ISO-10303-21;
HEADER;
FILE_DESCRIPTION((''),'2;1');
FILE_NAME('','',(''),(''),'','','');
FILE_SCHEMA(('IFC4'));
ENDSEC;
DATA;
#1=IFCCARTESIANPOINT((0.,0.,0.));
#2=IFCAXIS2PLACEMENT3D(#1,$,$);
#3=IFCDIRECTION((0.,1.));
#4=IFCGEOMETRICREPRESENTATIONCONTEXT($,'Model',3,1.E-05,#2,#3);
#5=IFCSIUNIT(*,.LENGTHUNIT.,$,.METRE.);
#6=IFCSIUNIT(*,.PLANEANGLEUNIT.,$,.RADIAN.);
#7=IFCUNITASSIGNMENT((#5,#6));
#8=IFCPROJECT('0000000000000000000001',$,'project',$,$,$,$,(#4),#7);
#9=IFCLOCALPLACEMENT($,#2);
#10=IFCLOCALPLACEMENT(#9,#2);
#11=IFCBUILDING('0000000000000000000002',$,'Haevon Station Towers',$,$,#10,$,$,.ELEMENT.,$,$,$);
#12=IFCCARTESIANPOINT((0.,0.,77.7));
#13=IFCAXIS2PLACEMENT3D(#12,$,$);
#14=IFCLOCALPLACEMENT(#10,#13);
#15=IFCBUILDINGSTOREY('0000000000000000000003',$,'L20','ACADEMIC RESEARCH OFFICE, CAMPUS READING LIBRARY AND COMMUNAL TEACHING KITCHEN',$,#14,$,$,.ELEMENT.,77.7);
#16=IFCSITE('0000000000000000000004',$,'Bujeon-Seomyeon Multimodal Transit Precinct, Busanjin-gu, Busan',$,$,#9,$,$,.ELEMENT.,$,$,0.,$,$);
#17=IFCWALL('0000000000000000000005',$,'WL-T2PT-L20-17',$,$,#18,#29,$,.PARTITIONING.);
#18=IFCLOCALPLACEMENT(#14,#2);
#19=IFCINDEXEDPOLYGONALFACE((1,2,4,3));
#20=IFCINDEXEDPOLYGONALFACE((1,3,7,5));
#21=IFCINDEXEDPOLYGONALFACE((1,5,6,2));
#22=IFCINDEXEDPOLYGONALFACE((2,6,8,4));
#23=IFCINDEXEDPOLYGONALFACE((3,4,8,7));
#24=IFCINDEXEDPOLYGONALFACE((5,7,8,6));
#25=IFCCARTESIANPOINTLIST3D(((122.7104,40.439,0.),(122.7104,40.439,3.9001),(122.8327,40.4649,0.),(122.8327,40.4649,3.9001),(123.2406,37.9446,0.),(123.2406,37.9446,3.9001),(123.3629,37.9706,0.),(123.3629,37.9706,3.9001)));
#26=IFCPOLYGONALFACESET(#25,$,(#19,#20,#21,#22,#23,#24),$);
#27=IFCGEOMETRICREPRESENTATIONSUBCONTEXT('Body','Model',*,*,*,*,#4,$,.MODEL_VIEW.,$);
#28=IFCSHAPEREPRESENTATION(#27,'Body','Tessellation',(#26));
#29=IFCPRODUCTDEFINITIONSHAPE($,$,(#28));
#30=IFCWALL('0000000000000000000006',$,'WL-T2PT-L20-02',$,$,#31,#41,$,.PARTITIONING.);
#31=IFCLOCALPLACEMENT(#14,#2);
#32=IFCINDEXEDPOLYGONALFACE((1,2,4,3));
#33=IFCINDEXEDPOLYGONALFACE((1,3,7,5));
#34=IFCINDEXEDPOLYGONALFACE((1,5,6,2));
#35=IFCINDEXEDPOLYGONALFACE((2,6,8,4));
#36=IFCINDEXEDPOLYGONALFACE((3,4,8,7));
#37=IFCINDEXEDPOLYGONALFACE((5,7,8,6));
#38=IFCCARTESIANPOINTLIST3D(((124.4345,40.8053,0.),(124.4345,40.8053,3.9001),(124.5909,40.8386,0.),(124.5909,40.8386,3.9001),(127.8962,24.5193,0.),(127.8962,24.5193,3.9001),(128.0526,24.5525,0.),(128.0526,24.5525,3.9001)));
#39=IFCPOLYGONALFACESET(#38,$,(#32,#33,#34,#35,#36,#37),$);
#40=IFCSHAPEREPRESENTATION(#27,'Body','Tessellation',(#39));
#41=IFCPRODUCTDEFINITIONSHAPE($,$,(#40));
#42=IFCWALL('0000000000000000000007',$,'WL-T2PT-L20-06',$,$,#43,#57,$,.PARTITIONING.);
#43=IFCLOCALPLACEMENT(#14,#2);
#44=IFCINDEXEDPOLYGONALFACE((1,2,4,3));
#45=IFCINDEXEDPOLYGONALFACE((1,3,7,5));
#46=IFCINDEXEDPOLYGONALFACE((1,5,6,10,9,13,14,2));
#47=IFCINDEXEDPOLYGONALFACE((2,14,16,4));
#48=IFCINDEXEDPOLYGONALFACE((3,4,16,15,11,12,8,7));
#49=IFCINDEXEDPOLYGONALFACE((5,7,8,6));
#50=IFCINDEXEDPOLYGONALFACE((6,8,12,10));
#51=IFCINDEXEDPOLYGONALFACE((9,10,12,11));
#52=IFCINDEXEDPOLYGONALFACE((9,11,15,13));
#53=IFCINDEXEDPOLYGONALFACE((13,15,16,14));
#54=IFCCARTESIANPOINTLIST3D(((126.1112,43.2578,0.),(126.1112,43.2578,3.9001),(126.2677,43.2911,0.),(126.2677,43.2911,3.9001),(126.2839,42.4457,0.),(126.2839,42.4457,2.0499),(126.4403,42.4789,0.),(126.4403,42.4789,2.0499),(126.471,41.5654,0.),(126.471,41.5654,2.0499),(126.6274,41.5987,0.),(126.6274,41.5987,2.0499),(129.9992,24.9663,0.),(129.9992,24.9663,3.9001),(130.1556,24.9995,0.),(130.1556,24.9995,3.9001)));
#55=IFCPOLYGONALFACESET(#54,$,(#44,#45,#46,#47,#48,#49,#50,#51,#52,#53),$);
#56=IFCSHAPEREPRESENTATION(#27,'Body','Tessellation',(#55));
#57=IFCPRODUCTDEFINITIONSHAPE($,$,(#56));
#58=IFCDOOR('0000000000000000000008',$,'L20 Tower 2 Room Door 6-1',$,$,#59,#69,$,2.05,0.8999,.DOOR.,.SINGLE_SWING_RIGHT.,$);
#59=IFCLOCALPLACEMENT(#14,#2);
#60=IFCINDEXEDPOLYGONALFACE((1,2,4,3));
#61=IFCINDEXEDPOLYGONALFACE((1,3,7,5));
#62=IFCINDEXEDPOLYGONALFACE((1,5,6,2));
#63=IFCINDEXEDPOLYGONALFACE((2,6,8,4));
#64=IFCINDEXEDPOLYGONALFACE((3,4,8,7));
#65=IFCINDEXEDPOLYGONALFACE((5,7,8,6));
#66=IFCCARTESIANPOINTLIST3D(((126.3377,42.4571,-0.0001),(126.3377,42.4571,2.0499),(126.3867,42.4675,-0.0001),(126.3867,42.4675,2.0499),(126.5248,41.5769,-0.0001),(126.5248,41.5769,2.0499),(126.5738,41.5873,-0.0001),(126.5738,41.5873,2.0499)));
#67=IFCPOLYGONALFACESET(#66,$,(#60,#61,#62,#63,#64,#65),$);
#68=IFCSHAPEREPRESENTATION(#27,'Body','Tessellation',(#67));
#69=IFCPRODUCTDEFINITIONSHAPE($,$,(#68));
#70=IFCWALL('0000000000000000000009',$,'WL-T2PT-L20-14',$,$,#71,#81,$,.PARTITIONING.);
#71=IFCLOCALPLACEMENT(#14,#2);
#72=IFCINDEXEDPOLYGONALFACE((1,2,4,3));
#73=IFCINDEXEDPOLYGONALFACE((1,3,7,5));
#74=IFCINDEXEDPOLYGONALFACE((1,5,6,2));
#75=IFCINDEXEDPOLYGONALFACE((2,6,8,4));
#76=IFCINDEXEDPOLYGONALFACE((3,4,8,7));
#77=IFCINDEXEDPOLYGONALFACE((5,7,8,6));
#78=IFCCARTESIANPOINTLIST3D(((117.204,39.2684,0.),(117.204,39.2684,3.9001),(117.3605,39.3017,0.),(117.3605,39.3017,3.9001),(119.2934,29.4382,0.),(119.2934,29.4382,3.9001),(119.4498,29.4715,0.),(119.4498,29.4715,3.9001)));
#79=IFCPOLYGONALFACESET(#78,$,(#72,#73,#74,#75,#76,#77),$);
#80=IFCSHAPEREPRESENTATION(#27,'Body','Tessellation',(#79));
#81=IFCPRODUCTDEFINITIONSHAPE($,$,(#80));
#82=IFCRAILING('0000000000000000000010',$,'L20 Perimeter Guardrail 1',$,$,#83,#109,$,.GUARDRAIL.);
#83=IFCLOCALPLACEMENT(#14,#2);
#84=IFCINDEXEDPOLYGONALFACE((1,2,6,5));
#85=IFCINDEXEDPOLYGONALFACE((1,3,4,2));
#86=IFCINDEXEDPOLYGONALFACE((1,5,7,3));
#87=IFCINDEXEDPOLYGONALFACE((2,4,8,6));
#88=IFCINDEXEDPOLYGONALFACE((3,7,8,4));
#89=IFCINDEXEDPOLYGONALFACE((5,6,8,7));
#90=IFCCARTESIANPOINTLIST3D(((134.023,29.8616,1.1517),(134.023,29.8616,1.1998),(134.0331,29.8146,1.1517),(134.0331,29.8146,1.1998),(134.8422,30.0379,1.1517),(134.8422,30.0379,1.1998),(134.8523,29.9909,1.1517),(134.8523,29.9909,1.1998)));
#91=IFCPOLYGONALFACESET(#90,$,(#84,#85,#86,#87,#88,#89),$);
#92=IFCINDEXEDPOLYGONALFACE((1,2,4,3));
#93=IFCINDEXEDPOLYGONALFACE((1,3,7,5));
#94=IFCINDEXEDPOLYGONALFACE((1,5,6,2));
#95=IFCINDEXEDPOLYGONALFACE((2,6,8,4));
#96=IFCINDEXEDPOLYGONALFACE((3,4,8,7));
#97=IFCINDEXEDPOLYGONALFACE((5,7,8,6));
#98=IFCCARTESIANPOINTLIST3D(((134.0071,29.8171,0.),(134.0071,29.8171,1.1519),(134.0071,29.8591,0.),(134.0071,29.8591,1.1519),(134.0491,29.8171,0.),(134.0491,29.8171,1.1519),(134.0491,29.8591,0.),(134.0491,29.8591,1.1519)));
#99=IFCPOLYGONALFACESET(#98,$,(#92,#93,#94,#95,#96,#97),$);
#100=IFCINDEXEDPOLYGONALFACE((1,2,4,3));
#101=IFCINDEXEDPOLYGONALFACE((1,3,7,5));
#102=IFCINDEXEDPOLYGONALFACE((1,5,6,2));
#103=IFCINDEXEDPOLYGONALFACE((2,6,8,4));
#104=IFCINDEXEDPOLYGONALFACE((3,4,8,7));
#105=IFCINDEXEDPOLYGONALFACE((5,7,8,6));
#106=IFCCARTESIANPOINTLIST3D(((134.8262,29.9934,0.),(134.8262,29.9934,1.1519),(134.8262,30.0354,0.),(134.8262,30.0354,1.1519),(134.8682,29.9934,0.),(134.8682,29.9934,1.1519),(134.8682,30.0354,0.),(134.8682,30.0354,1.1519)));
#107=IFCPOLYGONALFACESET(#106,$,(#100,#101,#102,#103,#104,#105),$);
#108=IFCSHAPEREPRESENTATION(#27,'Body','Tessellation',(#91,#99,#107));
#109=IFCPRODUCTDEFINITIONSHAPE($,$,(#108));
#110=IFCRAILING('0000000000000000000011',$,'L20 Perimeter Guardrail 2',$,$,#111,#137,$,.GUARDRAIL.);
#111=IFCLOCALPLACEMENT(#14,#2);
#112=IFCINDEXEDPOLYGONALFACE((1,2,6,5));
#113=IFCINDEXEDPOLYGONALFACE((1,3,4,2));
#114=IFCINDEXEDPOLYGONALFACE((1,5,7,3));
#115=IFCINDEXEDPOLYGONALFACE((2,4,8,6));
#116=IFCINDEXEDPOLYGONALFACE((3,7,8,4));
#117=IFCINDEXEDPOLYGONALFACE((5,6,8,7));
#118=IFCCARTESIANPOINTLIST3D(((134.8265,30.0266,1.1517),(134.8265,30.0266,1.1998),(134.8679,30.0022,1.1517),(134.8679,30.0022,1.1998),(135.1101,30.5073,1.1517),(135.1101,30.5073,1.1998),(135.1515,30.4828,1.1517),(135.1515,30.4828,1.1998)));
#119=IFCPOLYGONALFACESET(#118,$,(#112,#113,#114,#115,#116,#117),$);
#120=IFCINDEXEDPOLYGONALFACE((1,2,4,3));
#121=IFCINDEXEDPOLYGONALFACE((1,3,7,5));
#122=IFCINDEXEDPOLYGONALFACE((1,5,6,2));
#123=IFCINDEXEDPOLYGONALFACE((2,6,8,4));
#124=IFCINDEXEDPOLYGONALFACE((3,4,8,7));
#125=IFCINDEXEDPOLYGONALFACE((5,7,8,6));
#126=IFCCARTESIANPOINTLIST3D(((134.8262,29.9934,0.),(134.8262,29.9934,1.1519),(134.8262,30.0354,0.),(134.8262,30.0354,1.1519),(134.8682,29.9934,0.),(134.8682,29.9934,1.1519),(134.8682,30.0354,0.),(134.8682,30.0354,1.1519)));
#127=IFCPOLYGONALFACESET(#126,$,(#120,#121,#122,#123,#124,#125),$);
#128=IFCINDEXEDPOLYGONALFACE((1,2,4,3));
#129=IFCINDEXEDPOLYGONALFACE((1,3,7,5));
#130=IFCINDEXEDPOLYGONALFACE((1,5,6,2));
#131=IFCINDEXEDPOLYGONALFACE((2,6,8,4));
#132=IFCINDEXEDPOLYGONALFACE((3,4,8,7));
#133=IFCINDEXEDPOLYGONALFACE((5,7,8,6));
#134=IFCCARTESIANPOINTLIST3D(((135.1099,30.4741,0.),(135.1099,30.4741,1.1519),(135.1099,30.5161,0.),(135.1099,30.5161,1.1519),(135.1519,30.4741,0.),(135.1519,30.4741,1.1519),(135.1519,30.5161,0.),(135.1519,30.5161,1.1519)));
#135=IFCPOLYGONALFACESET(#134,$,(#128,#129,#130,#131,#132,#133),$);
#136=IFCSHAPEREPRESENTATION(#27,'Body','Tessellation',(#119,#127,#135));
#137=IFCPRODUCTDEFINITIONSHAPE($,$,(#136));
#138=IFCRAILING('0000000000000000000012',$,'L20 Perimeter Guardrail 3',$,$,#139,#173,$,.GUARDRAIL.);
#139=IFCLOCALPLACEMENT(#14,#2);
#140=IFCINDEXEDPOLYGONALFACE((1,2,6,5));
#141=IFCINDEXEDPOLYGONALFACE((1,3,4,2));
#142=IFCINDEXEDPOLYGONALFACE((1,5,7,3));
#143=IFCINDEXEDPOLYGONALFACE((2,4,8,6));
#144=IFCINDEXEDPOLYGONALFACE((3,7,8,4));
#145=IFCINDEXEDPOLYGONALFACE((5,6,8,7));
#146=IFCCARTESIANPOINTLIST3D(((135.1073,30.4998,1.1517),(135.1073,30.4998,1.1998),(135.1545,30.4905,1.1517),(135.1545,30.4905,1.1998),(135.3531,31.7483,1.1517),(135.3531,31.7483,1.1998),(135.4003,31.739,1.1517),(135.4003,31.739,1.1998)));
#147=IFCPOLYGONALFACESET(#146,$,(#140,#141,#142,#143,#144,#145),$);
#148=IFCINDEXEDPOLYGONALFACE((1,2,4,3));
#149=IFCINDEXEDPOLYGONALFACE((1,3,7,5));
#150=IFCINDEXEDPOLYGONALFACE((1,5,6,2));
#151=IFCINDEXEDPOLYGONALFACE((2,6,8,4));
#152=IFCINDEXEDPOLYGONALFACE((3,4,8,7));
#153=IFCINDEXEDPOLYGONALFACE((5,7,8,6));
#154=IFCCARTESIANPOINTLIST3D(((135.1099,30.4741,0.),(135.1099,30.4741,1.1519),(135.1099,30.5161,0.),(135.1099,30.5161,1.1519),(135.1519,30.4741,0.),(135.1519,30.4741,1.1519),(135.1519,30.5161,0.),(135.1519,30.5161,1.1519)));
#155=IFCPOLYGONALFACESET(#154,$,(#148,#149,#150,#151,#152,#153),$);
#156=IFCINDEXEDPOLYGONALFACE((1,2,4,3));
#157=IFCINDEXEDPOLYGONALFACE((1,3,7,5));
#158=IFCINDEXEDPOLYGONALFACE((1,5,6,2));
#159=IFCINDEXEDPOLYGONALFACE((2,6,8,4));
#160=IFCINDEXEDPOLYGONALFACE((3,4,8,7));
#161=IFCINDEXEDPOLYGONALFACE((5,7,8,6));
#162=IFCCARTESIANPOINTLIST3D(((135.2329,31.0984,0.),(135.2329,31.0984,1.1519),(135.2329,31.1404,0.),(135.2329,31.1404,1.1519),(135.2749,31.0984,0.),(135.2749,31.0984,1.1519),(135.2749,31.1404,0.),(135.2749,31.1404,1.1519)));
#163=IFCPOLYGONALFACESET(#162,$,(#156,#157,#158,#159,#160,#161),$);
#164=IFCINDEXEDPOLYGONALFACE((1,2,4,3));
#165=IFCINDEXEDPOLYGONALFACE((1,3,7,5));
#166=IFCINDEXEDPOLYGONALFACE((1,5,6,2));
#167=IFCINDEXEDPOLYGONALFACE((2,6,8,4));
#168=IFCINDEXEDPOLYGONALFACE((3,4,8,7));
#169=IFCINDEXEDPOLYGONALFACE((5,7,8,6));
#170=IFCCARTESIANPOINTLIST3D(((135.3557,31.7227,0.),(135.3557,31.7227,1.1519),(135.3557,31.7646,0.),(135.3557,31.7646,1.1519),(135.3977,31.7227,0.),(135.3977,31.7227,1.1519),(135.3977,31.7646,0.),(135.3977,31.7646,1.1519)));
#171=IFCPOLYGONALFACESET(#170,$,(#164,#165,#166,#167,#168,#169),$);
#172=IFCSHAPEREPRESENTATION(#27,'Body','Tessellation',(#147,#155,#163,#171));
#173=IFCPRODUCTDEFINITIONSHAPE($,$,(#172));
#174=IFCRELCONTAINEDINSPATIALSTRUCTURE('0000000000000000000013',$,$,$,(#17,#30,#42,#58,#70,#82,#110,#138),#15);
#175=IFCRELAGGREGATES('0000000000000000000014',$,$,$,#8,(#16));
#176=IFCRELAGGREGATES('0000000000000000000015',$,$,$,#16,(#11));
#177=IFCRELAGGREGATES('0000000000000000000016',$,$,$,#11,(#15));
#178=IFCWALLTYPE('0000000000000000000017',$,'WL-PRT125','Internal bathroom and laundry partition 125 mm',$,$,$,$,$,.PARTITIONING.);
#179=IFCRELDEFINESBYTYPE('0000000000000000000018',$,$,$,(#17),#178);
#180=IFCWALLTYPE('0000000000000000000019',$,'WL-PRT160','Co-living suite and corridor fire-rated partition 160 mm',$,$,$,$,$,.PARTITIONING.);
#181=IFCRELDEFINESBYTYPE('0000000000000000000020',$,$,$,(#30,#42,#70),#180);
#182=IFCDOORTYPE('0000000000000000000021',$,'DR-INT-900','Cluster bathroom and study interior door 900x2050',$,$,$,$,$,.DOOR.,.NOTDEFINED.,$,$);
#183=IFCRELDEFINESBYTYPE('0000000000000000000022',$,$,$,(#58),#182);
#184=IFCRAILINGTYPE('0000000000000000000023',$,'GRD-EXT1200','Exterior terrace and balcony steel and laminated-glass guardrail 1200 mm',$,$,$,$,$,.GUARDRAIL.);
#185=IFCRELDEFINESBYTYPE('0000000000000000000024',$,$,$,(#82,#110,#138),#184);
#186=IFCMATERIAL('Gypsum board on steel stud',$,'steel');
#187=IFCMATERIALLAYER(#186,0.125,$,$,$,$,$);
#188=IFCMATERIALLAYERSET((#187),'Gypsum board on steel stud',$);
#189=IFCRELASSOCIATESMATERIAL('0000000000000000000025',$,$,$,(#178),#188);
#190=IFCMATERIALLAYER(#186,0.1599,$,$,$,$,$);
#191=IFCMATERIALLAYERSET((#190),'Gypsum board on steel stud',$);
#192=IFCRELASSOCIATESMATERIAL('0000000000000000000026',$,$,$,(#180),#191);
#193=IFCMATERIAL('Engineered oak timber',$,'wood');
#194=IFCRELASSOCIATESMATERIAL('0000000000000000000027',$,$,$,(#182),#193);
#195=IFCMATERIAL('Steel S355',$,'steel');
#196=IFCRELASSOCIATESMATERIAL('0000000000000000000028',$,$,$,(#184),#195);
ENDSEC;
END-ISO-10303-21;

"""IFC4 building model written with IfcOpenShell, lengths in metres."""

from ifc_helpers import new_model, si_unit, direction, frame, frame_2d, origin, origin_2d, place, context, subcontext, project, spatial, rectangle, extrude, material, layer, layer_set, type_object, element, fill, save


model = new_model("IFC4")

# Units and contexts
model_context = context("Model", 3, precision=1e-05, world=origin(), true_north=direction((0.0, 1.0)))
body_context = subcontext(model_context, "Body", "Model", "MODEL_VIEW")
ifc_project = project(units=[si_unit("LENGTHUNIT", "METRE"), si_unit("PLANEANGLEUNIT", "RADIAN")], contexts=[model_context])

# Site, building, storey
site_placement = place(None, origin())
site = spatial("IfcSite", under=ifc_project, at=site_placement, Name="Bujeon-Seomyeon Multimodal Transit Precinct, Busanjin-gu, Busan", CompositionType="ELEMENT", RefElevation=0.0)
building_placement = place(site_placement, origin())
building = spatial("IfcBuilding", under=site, at=building_placement, Name="Haevon Station Towers", CompositionType="ELEMENT")
storey_placement = place(building_placement, frame((0.0, 0.0, 77.7)))
storey = spatial("IfcBuildingStorey", under=building, at=storey_placement, Name="L20", Description="ACADEMIC RESEARCH OFFICE, CAMPUS READING LIBRARY AND COMMUNAL TEACHING KITCHEN", CompositionType="ELEMENT", Elevation=77.7)

# Shared definitions
ifc_material_1 = material(Name="Steel S355", Category="steel")

# Walls
ifc_material_2 = material(Name="Gypsum board on steel stud", Category="steel")
ifc_layer_1 = layer(ifc_material_2, 0.125)
ifc_layer_set_1 = layer_set([ifc_layer_1], Name="Gypsum board on steel stud")
wall_type_1 = type_object("IfcWallType", Name="WL-PRT125", Description="Internal bathroom and laundry partition 125 mm", PredefinedType="PARTITIONING", material=ifc_layer_set_1)
wall_1_placement = place(storey_placement, frame((123.3018, 37.9578, 0.0), z_axis=(0.0, 0.0, 1.0), x_axis=(-0.20794, 0.978142, 0.0)))
element("IfcWall", 1, at=wall_1_placement, inside=storey, type_object=wall_type_1, Name="WL-T2PT-L20-17", PredefinedType="PARTITIONING", context=body_context, shape_type="SweptSolid", body=[
    extrude(rectangle(XDim=2.55, YDim=0.125, at=frame_2d((1.2749, 0.0))), origin(), (0.0, 0.0, 1.0), 3.9001),
])
ifc_layer_2 = layer(ifc_material_2, 0.1599)
ifc_layer_set_2 = layer_set([ifc_layer_2], Name="Gypsum board on steel stud")
wall_type_2 = type_object("IfcWallType", Name="WL-PRT160", Description="Co-living suite and corridor fire-rated partition 160 mm", PredefinedType="PARTITIONING", material=ifc_layer_set_2)
wall_2_placement = place(storey_placement, frame((127.9744, 24.5359, 0.0), z_axis=(0.0, 0.0, 1.0), x_axis=(-0.207909, 0.978148, 0.0)))
element("IfcWall", 2, at=wall_2_placement, inside=storey, type_object=wall_type_2, Name="WL-T2PT-L20-02", PredefinedType="PARTITIONING", context=body_context, shape_type="SweptSolid", body=[
    extrude(rectangle(XDim=16.6499, YDim=0.1599, at=frame_2d((8.325, 0.0))), origin(), (0.0, 0.0, 1.0), 3.9001),
])

# Wall, opening, door
wall_3_placement = place(storey_placement, frame((130.0774, 24.9829, 0.0), z_axis=(0.0, 0.0, 1.0), x_axis=(-0.20791, 0.978148, 0.0)))
wall_3 = element("IfcWall", 3, at=wall_3_placement, inside=storey, type_object=wall_type_2, Name="WL-T2PT-L20-06", PredefinedType="PARTITIONING", context=body_context, shape_type="SweptSolid", body=[
    extrude(rectangle(XDim=18.7002, YDim=0.1599, at=frame_2d((9.3501, 0.0))), origin(), (0.0, 0.0, 1.0), 3.9001),
])
opening_1_placement = place(wall_3_placement, frame((16.97, 0.0, 0.0)))
opening_1 = element("IfcOpeningElement", 4, at=opening_1_placement, cuts=wall_3, PredefinedType="OPENING", context=body_context, shape_type="SweptSolid", body=[
    extrude(rectangle(XDim=0.8999, YDim=2.05, at=frame_2d((0.45, 1.0249))), frame((0.0, 0.0898, 0.0), z_axis=(0.0, -1.0, 0.0), x_axis=(1.0, 0.0, 0.0)), (0.0, 0.0, 1.0), 0.1799),
])
ifc_material_3 = material(Name="Engineered oak timber", Category="wood")
door_type = type_object("IfcDoorType", Name="DR-INT-900", Description="Cluster bathroom and study interior door 900x2050", OperationType="NOTDEFINED", PredefinedType="DOOR", material=ifc_material_3)
door_placement = place(opening_1_placement, origin())
door = element("IfcDoor", 5, at=door_placement, inside=storey, type_object=door_type, Name="L20 Tower 2 Room Door 6-1", OperationType="SINGLE_SWING_RIGHT", OverallHeight=2.05, OverallWidth=0.8999, PredefinedType="DOOR", context=body_context, shape_type="SweptSolid", body=[
    extrude(rectangle(XDim=0.8999, YDim=2.05, at=frame_2d((0.45, 1.0249))), frame((0.0, 0.0249, 0.0), z_axis=(0.0, -1.0, 0.0), x_axis=(1.0, 0.0, 0.0)), (0.0, 0.0, 1.0), 0.05),
])
fill(opening_1, door)

# Wall
wall_4_placement = place(storey_placement, frame((119.3716, 29.4548, 0.0), z_axis=(0.0, 0.0, 1.0), x_axis=(-0.207898, 0.978151, 0.0)))
element("IfcWall", 6, at=wall_4_placement, inside=storey, type_object=wall_type_2, Name="WL-T2PT-L20-14", PredefinedType="PARTITIONING", context=body_context, shape_type="SweptSolid", body=[
    extrude(rectangle(XDim=10.0498, YDim=0.1599, at=frame_2d((5.0249, 0.0))), origin(), (0.0, 0.0, 1.0), 3.9001),
])

# Railings
railing_type = type_object("IfcRailingType", Name="GRD-EXT1200", Description="Exterior terrace and balcony steel and laminated-glass guardrail 1200 mm", PredefinedType="GUARDRAIL", material=ifc_material_1)
railing_1_placement = place(storey_placement, frame((134.0281, 29.8381, 0.0)))
element("IfcRailing", 7, at=railing_1_placement, inside=storey, type_object=railing_type, Name="L20 Perimeter Guardrail 1", PredefinedType="GUARDRAIL", context=body_context, shape_type="SweptSolid", body=[
    extrude(rectangle(XDim=0.0481, YDim=0.0481, at=origin_2d()), frame((0.0, 0.0, 1.1758), z_axis=(0.977619, 0.210385, 0.0), x_axis=(-0.210385, 0.977619, 0.0)), (0.0, 0.0, 1.0), 0.8379),
    extrude(rectangle(XDim=0.042, YDim=0.042, at=origin_2d()), origin(), (0.0, 0.0, 1.0), 1.1519),
    extrude(rectangle(XDim=0.042, YDim=0.042, at=origin_2d()), frame((0.8191, 0.1763, 0.0)), (0.0, 0.0, 1.0), 1.1519),
])
railing_2_placement = place(storey_placement, frame((134.8472, 30.0144, 0.0)))
element("IfcRailing", 8, at=railing_2_placement, inside=storey, type_object=railing_type, Name="L20 Perimeter Guardrail 2", PredefinedType="GUARDRAIL", context=body_context, shape_type="SweptSolid", body=[
    extrude(rectangle(XDim=0.0481, YDim=0.0481, at=origin_2d()), frame((0.0, 0.0, 1.1758), z_axis=(0.508243, 0.861214, 0.0), x_axis=(-0.861214, 0.508243, 0.0)), (0.0, 0.0, 1.0), 0.5581),
    extrude(rectangle(XDim=0.042, YDim=0.042, at=origin_2d()), origin(), (0.0, 0.0, 1.0), 1.1519),
    extrude(rectangle(XDim=0.042, YDim=0.042, at=origin_2d()), frame((0.2837, 0.4807, 0.0)), (0.0, 0.0, 1.0), 1.1519),
])
railing_3_placement = place(storey_placement, frame((135.1309, 30.4951, 0.0)))
element("IfcRailing", 9, at=railing_3_placement, inside=storey, type_object=railing_type, Name="L20 Perimeter Guardrail 3", PredefinedType="GUARDRAIL", context=body_context, shape_type="SweptSolid", body=[
    extrude(rectangle(XDim=0.0481, YDim=0.0481, at=origin_2d()), frame((0.0, 0.0, 1.1758), z_axis=(0.193201, 0.981159, 0.0), x_axis=(-0.981159, 0.193201, 0.0)), (0.0, 0.0, 1.0), 1.2725),
    extrude(rectangle(XDim=0.042, YDim=0.042, at=origin_2d()), origin(), (0.0, 0.0, 1.0), 1.1519),
    extrude(rectangle(XDim=0.042, YDim=0.042, at=origin_2d()), frame((0.123, 0.6243, 0.0)), (0.0, 0.0, 1.0), 1.1519),
    extrude(rectangle(XDim=0.042, YDim=0.042, at=origin_2d()), frame((0.2458, 1.2485, 0.0)), (0.0, 0.0, 1.0), 1.1519),
])

save(model, "model.ifc")
